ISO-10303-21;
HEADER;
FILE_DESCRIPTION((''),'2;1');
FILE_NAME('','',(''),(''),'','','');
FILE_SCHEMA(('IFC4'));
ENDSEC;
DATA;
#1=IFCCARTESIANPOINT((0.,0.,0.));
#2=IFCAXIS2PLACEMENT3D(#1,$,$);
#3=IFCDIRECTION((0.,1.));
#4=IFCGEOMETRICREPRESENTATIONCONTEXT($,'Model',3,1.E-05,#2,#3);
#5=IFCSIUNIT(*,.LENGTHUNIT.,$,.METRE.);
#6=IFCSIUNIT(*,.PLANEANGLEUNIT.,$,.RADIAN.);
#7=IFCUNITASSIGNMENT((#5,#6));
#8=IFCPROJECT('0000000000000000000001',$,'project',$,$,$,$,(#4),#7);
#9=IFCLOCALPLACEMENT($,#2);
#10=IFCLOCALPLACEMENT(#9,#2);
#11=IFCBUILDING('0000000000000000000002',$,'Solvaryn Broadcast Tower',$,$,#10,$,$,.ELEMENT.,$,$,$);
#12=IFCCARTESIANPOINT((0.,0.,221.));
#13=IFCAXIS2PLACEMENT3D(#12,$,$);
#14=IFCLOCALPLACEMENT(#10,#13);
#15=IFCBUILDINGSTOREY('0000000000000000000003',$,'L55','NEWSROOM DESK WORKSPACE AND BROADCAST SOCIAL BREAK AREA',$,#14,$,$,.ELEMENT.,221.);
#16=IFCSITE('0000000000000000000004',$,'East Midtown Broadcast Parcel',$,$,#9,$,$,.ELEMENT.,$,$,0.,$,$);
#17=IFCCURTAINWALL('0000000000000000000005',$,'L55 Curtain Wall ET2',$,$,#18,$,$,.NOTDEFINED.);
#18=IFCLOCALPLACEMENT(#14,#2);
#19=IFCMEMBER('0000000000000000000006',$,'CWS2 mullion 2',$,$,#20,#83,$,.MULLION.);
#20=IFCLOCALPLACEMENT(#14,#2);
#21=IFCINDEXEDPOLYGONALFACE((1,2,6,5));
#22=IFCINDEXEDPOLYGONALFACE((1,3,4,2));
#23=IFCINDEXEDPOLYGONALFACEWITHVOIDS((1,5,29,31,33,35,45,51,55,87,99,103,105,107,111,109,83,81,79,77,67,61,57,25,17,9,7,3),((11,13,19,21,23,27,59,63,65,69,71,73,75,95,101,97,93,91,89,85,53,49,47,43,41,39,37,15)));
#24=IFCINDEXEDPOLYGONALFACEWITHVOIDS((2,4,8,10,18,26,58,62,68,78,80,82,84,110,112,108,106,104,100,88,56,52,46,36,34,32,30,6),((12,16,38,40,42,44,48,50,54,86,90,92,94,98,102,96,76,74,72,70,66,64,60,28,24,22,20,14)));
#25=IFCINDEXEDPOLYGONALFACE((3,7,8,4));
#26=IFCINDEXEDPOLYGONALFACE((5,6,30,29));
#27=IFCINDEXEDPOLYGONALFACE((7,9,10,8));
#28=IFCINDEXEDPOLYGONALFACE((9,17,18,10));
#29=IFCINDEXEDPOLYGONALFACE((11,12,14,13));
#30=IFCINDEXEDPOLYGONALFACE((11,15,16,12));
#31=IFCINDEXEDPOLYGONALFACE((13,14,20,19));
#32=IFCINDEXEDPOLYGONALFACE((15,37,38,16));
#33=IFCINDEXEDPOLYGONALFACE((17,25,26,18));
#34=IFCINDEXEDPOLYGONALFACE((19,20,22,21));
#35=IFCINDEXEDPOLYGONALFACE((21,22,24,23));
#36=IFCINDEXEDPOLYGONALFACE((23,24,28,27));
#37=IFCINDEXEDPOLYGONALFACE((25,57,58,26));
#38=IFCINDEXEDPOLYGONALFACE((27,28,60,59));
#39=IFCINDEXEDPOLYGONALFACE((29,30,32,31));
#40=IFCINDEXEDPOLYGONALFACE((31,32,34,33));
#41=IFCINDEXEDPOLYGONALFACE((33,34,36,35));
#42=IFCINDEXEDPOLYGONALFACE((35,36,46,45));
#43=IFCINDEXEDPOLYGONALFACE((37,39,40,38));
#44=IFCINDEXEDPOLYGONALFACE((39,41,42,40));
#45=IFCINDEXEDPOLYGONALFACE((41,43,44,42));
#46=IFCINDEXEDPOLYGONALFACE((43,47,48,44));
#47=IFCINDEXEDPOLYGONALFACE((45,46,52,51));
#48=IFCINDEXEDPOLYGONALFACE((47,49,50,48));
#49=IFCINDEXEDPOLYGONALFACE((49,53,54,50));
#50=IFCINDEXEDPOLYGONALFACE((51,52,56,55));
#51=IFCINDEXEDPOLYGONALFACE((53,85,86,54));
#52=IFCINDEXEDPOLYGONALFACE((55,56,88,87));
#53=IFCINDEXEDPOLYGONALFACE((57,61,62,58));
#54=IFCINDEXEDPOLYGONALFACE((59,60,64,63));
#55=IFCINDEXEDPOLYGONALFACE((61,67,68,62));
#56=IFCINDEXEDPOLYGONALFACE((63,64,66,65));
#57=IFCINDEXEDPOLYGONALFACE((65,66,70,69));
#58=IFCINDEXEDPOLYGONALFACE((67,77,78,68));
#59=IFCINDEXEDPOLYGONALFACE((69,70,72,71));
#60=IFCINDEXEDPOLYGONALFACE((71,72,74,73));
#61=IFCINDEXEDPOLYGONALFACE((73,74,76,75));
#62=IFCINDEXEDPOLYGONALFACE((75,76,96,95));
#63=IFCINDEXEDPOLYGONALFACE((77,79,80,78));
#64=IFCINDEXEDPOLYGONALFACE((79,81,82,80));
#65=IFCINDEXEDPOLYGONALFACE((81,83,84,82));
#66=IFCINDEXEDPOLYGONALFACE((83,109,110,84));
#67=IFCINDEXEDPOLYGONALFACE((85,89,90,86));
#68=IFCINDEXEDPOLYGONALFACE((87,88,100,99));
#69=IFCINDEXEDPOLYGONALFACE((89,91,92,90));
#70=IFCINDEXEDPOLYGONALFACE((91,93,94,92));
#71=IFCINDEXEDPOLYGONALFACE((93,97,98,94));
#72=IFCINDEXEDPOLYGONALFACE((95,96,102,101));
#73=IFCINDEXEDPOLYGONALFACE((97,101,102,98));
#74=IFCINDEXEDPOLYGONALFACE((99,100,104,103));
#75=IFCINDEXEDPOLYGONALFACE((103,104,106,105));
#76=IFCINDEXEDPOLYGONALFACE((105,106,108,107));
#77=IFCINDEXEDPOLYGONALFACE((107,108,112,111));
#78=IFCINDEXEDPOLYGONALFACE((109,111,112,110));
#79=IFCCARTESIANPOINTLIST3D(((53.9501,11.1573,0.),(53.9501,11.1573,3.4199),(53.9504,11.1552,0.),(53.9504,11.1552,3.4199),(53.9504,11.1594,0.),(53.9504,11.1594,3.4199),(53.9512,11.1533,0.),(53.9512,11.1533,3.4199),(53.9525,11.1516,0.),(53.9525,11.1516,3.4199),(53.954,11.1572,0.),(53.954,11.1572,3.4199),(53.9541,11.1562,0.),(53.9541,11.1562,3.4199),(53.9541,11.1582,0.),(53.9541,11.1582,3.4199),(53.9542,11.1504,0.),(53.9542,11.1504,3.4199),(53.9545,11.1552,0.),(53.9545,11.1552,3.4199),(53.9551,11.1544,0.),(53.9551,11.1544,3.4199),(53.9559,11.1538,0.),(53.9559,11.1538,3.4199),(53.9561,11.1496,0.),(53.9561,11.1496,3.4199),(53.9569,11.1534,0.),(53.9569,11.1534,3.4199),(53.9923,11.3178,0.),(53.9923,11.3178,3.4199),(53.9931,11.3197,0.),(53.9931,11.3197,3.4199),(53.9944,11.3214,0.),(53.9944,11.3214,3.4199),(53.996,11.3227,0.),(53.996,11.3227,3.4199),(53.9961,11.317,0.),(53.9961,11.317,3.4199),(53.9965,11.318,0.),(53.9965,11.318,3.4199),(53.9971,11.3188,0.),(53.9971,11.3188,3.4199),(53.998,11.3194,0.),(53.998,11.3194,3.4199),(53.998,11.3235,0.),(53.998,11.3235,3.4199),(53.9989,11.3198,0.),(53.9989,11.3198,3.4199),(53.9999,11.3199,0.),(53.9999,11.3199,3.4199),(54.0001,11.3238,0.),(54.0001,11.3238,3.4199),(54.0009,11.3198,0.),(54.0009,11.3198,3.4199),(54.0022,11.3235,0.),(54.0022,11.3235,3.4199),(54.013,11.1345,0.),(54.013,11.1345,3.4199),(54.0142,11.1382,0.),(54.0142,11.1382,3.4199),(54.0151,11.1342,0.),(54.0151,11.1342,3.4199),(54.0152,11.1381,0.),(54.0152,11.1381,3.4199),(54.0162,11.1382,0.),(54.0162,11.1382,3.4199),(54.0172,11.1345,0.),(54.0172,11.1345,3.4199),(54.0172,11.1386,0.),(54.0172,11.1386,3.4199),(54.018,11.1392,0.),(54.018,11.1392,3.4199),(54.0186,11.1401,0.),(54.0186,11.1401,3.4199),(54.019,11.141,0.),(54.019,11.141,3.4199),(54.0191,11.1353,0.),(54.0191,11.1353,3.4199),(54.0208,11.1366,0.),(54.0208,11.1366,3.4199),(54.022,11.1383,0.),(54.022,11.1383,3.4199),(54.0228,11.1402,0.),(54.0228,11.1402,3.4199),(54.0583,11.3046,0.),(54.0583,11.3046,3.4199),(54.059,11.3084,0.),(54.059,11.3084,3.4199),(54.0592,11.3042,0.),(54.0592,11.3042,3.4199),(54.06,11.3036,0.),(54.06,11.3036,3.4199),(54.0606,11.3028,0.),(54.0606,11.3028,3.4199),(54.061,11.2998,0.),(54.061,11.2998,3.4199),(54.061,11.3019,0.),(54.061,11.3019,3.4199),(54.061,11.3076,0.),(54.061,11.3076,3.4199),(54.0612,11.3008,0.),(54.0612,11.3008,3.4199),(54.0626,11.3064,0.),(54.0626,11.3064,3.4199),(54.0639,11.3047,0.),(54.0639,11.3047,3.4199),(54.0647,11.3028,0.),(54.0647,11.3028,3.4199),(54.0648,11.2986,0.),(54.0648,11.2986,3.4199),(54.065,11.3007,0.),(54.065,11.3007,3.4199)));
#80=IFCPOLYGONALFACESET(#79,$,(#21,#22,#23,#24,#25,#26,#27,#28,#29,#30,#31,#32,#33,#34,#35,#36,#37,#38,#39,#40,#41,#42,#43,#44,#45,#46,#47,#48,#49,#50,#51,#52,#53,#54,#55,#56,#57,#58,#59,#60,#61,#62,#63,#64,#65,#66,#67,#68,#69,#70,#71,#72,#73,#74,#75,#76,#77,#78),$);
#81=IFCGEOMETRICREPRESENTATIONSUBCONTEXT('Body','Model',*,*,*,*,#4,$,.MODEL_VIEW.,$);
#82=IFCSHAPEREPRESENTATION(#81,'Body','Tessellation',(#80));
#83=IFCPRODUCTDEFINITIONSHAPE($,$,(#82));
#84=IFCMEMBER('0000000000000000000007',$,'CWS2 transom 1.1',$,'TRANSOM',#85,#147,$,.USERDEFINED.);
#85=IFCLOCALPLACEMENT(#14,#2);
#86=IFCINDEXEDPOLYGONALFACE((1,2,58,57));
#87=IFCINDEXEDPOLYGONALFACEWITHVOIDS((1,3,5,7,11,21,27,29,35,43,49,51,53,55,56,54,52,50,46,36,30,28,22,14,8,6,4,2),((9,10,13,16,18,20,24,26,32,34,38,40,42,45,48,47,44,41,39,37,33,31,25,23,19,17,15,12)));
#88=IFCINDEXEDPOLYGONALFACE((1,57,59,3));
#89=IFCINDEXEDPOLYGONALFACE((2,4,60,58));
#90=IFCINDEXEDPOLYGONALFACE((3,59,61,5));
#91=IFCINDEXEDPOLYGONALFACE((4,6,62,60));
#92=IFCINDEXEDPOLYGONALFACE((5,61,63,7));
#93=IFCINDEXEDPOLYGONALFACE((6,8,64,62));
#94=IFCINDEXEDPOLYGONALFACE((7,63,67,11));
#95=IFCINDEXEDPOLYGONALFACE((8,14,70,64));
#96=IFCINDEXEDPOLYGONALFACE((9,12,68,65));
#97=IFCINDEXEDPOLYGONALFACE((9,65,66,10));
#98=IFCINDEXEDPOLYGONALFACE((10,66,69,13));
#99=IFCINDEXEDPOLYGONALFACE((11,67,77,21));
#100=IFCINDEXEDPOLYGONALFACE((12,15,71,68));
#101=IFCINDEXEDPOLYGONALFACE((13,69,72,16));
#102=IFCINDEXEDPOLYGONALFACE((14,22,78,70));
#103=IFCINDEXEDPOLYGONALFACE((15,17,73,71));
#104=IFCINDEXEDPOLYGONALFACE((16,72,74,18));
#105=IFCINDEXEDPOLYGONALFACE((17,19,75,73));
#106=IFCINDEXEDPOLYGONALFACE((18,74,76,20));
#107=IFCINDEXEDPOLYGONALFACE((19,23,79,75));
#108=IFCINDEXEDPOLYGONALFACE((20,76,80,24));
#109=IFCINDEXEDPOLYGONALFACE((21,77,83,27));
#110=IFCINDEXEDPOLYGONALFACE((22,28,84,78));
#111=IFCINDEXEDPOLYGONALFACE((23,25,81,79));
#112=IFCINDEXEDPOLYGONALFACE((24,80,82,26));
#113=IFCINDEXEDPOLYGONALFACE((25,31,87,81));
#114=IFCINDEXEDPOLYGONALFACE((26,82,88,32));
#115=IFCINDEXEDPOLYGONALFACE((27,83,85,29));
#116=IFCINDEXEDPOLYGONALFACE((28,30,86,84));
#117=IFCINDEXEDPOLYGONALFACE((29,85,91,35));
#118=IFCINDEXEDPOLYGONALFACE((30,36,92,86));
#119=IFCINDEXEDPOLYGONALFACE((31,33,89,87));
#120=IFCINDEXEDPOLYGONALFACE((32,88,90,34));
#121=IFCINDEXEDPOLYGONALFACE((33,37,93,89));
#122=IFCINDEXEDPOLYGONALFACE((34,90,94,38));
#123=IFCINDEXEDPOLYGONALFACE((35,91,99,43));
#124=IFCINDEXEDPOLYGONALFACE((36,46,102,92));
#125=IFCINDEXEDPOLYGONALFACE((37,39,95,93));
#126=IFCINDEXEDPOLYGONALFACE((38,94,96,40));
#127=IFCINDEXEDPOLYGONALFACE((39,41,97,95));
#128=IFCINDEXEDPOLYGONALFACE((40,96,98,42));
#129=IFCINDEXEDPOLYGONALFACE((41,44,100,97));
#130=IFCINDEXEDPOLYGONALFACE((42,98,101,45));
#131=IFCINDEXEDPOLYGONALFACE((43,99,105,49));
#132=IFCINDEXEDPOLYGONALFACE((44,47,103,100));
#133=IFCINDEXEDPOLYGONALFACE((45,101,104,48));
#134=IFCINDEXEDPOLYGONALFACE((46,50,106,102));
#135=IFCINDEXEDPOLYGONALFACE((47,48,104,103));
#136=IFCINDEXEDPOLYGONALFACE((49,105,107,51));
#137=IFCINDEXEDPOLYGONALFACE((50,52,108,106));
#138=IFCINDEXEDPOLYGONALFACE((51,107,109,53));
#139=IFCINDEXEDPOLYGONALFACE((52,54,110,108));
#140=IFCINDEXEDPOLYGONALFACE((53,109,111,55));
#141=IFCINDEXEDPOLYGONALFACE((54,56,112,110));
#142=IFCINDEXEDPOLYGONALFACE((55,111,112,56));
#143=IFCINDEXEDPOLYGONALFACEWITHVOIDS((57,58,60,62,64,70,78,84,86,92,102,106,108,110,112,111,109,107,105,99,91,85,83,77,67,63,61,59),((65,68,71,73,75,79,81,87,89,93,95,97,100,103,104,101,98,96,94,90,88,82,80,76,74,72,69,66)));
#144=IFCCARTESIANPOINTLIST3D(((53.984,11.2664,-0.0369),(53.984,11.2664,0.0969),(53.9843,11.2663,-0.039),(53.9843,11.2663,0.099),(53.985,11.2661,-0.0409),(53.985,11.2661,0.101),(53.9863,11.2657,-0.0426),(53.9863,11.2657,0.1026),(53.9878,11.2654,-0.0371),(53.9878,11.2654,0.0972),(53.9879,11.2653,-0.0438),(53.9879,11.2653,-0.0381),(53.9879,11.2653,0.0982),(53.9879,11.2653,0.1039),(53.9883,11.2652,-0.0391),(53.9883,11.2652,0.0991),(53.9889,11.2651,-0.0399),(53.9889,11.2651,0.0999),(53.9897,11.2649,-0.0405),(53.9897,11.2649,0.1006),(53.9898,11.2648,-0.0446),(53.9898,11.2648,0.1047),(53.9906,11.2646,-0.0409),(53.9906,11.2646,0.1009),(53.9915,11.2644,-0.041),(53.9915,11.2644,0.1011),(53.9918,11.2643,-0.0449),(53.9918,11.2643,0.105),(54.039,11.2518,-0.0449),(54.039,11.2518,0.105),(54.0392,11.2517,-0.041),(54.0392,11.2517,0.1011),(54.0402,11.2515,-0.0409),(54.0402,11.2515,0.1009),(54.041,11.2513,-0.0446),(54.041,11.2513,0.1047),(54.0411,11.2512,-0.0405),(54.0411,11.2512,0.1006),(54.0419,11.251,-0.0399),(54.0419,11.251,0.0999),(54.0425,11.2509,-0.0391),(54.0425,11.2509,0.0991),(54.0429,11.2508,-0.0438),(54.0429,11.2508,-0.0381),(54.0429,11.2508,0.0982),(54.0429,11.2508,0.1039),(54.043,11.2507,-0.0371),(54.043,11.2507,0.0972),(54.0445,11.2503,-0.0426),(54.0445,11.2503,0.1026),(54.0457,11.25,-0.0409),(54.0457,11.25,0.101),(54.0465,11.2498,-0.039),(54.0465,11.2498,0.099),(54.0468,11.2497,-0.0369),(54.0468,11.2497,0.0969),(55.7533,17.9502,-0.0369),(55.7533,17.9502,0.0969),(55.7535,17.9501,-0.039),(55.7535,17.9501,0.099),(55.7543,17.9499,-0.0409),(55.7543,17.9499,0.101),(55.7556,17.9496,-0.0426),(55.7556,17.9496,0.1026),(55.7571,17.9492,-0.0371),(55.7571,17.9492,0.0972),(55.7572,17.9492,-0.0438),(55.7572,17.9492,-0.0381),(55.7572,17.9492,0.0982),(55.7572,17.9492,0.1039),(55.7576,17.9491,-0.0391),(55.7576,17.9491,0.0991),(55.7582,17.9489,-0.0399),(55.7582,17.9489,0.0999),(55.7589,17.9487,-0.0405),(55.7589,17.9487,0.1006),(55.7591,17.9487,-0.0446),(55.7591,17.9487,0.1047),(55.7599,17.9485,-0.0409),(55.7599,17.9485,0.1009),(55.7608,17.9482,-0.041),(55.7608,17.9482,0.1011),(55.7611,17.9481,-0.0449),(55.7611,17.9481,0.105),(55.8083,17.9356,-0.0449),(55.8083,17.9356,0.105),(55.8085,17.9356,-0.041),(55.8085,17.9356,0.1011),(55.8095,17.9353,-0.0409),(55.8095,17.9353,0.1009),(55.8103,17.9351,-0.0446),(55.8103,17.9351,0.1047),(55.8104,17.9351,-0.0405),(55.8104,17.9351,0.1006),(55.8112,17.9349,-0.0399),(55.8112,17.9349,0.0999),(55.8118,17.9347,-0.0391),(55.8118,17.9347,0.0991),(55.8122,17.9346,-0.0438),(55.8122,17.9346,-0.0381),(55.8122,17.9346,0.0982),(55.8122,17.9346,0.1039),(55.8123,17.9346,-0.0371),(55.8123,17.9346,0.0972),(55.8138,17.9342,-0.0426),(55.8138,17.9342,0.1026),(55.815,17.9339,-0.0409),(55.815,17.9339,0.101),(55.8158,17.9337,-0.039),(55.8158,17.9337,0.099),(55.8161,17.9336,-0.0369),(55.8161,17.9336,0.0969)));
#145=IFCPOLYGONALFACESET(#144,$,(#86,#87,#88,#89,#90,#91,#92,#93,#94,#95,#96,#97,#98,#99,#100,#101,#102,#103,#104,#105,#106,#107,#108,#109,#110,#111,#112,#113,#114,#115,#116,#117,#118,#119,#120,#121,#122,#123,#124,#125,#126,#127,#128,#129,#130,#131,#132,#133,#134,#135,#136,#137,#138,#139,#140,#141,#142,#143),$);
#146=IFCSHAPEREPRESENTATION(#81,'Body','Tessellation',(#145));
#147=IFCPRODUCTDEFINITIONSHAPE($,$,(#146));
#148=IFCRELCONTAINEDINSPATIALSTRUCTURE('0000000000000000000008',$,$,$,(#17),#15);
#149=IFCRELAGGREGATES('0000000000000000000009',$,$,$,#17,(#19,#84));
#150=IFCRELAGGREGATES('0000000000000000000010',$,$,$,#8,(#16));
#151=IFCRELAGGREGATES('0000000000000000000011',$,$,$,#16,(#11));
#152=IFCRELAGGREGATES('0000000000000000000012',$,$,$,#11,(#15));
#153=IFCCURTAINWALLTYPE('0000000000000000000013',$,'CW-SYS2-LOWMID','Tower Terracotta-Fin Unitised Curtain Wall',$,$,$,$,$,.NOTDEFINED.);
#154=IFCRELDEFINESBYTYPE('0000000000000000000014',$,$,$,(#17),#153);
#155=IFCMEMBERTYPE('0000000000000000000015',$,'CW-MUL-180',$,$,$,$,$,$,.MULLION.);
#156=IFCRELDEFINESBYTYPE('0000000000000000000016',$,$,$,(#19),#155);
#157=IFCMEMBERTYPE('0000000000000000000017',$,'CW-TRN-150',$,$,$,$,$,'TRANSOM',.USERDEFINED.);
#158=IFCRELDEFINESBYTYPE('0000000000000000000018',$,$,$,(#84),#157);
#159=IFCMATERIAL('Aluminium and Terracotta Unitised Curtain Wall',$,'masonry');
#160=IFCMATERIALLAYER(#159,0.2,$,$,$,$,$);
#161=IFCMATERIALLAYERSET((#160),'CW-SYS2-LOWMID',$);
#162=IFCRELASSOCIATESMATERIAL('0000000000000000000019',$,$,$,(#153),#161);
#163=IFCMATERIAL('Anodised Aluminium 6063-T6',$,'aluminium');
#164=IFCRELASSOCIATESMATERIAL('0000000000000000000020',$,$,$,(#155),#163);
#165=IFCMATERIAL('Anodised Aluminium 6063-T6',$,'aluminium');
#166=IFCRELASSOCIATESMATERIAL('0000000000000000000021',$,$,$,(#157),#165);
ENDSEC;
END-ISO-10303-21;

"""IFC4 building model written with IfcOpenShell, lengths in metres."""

from ifc_helpers import new_model, si_unit, direction, frame, origin, origin_2d, place, context, subcontext, project, spatial, hollow_rectangle, extrude, material, layer, layer_set, material_profile, profile_set, type_object, element, aggregate, save


model = new_model("IFC4")

# Units and contexts
model_context = context("Model", 3, precision=1e-05, world=origin(), true_north=direction((0.0, 1.0)))
body_context = subcontext(model_context, "Body", "Model", "MODEL_VIEW")
ifc_project = project(units=[si_unit("LENGTHUNIT", "METRE"), si_unit("PLANEANGLEUNIT", "RADIAN")], contexts=[model_context])

# Site, building, storey
site_placement = place(None, origin())
site = spatial("IfcSite", under=ifc_project, at=site_placement, Name="East Midtown Broadcast Parcel", CompositionType="ELEMENT", RefElevation=0.0)
building_placement = place(site_placement, origin())
building = spatial("IfcBuilding", under=site, at=building_placement, Name="Solvaryn Broadcast Tower", CompositionType="ELEMENT")
storey_placement = place(building_placement, frame((0.0, 0.0, 221.0)))
storey = spatial("IfcBuildingStorey", under=building, at=storey_placement, Name="L55", Description="NEWSROOM DESK WORKSPACE AND BROADCAST SOCIAL BREAK AREA", CompositionType="ELEMENT", Elevation=221.0)

# Shared definitions
ifc_material_1 = material(Name="Aluminium and Terracotta Unitised Curtain Wall", Category="masonry")
ifc_layer_1 = layer(ifc_material_1, 0.2)
ifc_layer_set_1 = layer_set([ifc_layer_1], Name="CW-SYS2-LOWMID")
curtain_wall_type = type_object("IfcCurtainWallType", Name="CW-SYS2-LOWMID", Description="Tower Terracotta-Fin Unitised Curtain Wall", PredefinedType="NOTDEFINED", material=ifc_layer_set_1)
ifc_material_2 = material(Name="Anodised Aluminium 6063-T6", Category="aluminium")
ifc_material_profile_1 = material_profile(ifc_material_2, hollow_rectangle(XDim=0.075, YDim=0.1799, WallThickness=0.0039, InnerFilletRadius=0.0039, OuterFilletRadius=0.0081, at=origin_2d()))
ifc_profile_set_1 = profile_set([ifc_material_profile_1], Name="Anodised Aluminium 6063-T6")
member_type_1 = type_object("IfcMemberType", Name="CW-MUL-180", PredefinedType="MULLION", material=ifc_profile_set_1)

# Curtain wall, members
curtain_wall_1_placement = place(storey_placement, origin())
curtain_wall_1 = element("IfcCurtainWall", 1, at=curtain_wall_1_placement, inside=storey, type_object=curtain_wall_type, Name="L55 Curtain Wall ET2", PredefinedType="NOTDEFINED")
member_1_placement = place(storey_placement, frame((54.0076, 11.229, 0.0), z_axis=(0.0, 0.0, 1.0), x_axis=(0.966705, -0.255893, 0.0)))
member_1 = element("IfcMember", 2, at=member_1_placement, type_object=member_type_1, Name="CWS2 mullion 2", PredefinedType="MULLION", context=body_context, shape_type="SweptSolid", body=[
    extrude(hollow_rectangle(XDim=0.075, YDim=0.1799, WallThickness=0.0039, InnerFilletRadius=0.0039, OuterFilletRadius=0.0081, at=origin_2d()), origin(), (0.0, 0.0, 1.0), 3.4199),
])
ifc_material_3 = material(Name="Anodised Aluminium 6063-T6", Category="aluminium")
ifc_material_profile_2 = material_profile(ifc_material_3, hollow_rectangle(XDim=0.0649, YDim=0.1499, WallThickness=0.0039, InnerFilletRadius=0.0039, OuterFilletRadius=0.0081, at=origin_2d()))
ifc_profile_set_2 = profile_set([ifc_material_profile_2], Name="Anodised Aluminium 6063-T6")
member_type_2 = type_object("IfcMemberType", Name="CW-TRN-150", ElementType="TRANSOM", PredefinedType="USERDEFINED", material=ifc_profile_set_2)
member_2_placement = place(storey_placement, frame((55.7847, 17.9419, 0.03), z_axis=(-0.255897, -0.966704, 0.0), x_axis=(0.966704, -0.255897, 0.0)))
member_2 = element("IfcMember", 3, at=member_2_placement, type_object=member_type_2, Name="CWS2 transom 1.1", ObjectType="TRANSOM", PredefinedType="USERDEFINED", context=body_context, shape_type="SweptSolid", body=[
    extrude(hollow_rectangle(XDim=0.0649, YDim=0.1499, WallThickness=0.0039, InnerFilletRadius=0.0039, OuterFilletRadius=0.0081, at=origin_2d()), origin(), (0.0, 0.0, 1.0), 6.9141),
])

aggregate(curtain_wall_1, [member_1, member_2])

save(model, "model.ifc")
